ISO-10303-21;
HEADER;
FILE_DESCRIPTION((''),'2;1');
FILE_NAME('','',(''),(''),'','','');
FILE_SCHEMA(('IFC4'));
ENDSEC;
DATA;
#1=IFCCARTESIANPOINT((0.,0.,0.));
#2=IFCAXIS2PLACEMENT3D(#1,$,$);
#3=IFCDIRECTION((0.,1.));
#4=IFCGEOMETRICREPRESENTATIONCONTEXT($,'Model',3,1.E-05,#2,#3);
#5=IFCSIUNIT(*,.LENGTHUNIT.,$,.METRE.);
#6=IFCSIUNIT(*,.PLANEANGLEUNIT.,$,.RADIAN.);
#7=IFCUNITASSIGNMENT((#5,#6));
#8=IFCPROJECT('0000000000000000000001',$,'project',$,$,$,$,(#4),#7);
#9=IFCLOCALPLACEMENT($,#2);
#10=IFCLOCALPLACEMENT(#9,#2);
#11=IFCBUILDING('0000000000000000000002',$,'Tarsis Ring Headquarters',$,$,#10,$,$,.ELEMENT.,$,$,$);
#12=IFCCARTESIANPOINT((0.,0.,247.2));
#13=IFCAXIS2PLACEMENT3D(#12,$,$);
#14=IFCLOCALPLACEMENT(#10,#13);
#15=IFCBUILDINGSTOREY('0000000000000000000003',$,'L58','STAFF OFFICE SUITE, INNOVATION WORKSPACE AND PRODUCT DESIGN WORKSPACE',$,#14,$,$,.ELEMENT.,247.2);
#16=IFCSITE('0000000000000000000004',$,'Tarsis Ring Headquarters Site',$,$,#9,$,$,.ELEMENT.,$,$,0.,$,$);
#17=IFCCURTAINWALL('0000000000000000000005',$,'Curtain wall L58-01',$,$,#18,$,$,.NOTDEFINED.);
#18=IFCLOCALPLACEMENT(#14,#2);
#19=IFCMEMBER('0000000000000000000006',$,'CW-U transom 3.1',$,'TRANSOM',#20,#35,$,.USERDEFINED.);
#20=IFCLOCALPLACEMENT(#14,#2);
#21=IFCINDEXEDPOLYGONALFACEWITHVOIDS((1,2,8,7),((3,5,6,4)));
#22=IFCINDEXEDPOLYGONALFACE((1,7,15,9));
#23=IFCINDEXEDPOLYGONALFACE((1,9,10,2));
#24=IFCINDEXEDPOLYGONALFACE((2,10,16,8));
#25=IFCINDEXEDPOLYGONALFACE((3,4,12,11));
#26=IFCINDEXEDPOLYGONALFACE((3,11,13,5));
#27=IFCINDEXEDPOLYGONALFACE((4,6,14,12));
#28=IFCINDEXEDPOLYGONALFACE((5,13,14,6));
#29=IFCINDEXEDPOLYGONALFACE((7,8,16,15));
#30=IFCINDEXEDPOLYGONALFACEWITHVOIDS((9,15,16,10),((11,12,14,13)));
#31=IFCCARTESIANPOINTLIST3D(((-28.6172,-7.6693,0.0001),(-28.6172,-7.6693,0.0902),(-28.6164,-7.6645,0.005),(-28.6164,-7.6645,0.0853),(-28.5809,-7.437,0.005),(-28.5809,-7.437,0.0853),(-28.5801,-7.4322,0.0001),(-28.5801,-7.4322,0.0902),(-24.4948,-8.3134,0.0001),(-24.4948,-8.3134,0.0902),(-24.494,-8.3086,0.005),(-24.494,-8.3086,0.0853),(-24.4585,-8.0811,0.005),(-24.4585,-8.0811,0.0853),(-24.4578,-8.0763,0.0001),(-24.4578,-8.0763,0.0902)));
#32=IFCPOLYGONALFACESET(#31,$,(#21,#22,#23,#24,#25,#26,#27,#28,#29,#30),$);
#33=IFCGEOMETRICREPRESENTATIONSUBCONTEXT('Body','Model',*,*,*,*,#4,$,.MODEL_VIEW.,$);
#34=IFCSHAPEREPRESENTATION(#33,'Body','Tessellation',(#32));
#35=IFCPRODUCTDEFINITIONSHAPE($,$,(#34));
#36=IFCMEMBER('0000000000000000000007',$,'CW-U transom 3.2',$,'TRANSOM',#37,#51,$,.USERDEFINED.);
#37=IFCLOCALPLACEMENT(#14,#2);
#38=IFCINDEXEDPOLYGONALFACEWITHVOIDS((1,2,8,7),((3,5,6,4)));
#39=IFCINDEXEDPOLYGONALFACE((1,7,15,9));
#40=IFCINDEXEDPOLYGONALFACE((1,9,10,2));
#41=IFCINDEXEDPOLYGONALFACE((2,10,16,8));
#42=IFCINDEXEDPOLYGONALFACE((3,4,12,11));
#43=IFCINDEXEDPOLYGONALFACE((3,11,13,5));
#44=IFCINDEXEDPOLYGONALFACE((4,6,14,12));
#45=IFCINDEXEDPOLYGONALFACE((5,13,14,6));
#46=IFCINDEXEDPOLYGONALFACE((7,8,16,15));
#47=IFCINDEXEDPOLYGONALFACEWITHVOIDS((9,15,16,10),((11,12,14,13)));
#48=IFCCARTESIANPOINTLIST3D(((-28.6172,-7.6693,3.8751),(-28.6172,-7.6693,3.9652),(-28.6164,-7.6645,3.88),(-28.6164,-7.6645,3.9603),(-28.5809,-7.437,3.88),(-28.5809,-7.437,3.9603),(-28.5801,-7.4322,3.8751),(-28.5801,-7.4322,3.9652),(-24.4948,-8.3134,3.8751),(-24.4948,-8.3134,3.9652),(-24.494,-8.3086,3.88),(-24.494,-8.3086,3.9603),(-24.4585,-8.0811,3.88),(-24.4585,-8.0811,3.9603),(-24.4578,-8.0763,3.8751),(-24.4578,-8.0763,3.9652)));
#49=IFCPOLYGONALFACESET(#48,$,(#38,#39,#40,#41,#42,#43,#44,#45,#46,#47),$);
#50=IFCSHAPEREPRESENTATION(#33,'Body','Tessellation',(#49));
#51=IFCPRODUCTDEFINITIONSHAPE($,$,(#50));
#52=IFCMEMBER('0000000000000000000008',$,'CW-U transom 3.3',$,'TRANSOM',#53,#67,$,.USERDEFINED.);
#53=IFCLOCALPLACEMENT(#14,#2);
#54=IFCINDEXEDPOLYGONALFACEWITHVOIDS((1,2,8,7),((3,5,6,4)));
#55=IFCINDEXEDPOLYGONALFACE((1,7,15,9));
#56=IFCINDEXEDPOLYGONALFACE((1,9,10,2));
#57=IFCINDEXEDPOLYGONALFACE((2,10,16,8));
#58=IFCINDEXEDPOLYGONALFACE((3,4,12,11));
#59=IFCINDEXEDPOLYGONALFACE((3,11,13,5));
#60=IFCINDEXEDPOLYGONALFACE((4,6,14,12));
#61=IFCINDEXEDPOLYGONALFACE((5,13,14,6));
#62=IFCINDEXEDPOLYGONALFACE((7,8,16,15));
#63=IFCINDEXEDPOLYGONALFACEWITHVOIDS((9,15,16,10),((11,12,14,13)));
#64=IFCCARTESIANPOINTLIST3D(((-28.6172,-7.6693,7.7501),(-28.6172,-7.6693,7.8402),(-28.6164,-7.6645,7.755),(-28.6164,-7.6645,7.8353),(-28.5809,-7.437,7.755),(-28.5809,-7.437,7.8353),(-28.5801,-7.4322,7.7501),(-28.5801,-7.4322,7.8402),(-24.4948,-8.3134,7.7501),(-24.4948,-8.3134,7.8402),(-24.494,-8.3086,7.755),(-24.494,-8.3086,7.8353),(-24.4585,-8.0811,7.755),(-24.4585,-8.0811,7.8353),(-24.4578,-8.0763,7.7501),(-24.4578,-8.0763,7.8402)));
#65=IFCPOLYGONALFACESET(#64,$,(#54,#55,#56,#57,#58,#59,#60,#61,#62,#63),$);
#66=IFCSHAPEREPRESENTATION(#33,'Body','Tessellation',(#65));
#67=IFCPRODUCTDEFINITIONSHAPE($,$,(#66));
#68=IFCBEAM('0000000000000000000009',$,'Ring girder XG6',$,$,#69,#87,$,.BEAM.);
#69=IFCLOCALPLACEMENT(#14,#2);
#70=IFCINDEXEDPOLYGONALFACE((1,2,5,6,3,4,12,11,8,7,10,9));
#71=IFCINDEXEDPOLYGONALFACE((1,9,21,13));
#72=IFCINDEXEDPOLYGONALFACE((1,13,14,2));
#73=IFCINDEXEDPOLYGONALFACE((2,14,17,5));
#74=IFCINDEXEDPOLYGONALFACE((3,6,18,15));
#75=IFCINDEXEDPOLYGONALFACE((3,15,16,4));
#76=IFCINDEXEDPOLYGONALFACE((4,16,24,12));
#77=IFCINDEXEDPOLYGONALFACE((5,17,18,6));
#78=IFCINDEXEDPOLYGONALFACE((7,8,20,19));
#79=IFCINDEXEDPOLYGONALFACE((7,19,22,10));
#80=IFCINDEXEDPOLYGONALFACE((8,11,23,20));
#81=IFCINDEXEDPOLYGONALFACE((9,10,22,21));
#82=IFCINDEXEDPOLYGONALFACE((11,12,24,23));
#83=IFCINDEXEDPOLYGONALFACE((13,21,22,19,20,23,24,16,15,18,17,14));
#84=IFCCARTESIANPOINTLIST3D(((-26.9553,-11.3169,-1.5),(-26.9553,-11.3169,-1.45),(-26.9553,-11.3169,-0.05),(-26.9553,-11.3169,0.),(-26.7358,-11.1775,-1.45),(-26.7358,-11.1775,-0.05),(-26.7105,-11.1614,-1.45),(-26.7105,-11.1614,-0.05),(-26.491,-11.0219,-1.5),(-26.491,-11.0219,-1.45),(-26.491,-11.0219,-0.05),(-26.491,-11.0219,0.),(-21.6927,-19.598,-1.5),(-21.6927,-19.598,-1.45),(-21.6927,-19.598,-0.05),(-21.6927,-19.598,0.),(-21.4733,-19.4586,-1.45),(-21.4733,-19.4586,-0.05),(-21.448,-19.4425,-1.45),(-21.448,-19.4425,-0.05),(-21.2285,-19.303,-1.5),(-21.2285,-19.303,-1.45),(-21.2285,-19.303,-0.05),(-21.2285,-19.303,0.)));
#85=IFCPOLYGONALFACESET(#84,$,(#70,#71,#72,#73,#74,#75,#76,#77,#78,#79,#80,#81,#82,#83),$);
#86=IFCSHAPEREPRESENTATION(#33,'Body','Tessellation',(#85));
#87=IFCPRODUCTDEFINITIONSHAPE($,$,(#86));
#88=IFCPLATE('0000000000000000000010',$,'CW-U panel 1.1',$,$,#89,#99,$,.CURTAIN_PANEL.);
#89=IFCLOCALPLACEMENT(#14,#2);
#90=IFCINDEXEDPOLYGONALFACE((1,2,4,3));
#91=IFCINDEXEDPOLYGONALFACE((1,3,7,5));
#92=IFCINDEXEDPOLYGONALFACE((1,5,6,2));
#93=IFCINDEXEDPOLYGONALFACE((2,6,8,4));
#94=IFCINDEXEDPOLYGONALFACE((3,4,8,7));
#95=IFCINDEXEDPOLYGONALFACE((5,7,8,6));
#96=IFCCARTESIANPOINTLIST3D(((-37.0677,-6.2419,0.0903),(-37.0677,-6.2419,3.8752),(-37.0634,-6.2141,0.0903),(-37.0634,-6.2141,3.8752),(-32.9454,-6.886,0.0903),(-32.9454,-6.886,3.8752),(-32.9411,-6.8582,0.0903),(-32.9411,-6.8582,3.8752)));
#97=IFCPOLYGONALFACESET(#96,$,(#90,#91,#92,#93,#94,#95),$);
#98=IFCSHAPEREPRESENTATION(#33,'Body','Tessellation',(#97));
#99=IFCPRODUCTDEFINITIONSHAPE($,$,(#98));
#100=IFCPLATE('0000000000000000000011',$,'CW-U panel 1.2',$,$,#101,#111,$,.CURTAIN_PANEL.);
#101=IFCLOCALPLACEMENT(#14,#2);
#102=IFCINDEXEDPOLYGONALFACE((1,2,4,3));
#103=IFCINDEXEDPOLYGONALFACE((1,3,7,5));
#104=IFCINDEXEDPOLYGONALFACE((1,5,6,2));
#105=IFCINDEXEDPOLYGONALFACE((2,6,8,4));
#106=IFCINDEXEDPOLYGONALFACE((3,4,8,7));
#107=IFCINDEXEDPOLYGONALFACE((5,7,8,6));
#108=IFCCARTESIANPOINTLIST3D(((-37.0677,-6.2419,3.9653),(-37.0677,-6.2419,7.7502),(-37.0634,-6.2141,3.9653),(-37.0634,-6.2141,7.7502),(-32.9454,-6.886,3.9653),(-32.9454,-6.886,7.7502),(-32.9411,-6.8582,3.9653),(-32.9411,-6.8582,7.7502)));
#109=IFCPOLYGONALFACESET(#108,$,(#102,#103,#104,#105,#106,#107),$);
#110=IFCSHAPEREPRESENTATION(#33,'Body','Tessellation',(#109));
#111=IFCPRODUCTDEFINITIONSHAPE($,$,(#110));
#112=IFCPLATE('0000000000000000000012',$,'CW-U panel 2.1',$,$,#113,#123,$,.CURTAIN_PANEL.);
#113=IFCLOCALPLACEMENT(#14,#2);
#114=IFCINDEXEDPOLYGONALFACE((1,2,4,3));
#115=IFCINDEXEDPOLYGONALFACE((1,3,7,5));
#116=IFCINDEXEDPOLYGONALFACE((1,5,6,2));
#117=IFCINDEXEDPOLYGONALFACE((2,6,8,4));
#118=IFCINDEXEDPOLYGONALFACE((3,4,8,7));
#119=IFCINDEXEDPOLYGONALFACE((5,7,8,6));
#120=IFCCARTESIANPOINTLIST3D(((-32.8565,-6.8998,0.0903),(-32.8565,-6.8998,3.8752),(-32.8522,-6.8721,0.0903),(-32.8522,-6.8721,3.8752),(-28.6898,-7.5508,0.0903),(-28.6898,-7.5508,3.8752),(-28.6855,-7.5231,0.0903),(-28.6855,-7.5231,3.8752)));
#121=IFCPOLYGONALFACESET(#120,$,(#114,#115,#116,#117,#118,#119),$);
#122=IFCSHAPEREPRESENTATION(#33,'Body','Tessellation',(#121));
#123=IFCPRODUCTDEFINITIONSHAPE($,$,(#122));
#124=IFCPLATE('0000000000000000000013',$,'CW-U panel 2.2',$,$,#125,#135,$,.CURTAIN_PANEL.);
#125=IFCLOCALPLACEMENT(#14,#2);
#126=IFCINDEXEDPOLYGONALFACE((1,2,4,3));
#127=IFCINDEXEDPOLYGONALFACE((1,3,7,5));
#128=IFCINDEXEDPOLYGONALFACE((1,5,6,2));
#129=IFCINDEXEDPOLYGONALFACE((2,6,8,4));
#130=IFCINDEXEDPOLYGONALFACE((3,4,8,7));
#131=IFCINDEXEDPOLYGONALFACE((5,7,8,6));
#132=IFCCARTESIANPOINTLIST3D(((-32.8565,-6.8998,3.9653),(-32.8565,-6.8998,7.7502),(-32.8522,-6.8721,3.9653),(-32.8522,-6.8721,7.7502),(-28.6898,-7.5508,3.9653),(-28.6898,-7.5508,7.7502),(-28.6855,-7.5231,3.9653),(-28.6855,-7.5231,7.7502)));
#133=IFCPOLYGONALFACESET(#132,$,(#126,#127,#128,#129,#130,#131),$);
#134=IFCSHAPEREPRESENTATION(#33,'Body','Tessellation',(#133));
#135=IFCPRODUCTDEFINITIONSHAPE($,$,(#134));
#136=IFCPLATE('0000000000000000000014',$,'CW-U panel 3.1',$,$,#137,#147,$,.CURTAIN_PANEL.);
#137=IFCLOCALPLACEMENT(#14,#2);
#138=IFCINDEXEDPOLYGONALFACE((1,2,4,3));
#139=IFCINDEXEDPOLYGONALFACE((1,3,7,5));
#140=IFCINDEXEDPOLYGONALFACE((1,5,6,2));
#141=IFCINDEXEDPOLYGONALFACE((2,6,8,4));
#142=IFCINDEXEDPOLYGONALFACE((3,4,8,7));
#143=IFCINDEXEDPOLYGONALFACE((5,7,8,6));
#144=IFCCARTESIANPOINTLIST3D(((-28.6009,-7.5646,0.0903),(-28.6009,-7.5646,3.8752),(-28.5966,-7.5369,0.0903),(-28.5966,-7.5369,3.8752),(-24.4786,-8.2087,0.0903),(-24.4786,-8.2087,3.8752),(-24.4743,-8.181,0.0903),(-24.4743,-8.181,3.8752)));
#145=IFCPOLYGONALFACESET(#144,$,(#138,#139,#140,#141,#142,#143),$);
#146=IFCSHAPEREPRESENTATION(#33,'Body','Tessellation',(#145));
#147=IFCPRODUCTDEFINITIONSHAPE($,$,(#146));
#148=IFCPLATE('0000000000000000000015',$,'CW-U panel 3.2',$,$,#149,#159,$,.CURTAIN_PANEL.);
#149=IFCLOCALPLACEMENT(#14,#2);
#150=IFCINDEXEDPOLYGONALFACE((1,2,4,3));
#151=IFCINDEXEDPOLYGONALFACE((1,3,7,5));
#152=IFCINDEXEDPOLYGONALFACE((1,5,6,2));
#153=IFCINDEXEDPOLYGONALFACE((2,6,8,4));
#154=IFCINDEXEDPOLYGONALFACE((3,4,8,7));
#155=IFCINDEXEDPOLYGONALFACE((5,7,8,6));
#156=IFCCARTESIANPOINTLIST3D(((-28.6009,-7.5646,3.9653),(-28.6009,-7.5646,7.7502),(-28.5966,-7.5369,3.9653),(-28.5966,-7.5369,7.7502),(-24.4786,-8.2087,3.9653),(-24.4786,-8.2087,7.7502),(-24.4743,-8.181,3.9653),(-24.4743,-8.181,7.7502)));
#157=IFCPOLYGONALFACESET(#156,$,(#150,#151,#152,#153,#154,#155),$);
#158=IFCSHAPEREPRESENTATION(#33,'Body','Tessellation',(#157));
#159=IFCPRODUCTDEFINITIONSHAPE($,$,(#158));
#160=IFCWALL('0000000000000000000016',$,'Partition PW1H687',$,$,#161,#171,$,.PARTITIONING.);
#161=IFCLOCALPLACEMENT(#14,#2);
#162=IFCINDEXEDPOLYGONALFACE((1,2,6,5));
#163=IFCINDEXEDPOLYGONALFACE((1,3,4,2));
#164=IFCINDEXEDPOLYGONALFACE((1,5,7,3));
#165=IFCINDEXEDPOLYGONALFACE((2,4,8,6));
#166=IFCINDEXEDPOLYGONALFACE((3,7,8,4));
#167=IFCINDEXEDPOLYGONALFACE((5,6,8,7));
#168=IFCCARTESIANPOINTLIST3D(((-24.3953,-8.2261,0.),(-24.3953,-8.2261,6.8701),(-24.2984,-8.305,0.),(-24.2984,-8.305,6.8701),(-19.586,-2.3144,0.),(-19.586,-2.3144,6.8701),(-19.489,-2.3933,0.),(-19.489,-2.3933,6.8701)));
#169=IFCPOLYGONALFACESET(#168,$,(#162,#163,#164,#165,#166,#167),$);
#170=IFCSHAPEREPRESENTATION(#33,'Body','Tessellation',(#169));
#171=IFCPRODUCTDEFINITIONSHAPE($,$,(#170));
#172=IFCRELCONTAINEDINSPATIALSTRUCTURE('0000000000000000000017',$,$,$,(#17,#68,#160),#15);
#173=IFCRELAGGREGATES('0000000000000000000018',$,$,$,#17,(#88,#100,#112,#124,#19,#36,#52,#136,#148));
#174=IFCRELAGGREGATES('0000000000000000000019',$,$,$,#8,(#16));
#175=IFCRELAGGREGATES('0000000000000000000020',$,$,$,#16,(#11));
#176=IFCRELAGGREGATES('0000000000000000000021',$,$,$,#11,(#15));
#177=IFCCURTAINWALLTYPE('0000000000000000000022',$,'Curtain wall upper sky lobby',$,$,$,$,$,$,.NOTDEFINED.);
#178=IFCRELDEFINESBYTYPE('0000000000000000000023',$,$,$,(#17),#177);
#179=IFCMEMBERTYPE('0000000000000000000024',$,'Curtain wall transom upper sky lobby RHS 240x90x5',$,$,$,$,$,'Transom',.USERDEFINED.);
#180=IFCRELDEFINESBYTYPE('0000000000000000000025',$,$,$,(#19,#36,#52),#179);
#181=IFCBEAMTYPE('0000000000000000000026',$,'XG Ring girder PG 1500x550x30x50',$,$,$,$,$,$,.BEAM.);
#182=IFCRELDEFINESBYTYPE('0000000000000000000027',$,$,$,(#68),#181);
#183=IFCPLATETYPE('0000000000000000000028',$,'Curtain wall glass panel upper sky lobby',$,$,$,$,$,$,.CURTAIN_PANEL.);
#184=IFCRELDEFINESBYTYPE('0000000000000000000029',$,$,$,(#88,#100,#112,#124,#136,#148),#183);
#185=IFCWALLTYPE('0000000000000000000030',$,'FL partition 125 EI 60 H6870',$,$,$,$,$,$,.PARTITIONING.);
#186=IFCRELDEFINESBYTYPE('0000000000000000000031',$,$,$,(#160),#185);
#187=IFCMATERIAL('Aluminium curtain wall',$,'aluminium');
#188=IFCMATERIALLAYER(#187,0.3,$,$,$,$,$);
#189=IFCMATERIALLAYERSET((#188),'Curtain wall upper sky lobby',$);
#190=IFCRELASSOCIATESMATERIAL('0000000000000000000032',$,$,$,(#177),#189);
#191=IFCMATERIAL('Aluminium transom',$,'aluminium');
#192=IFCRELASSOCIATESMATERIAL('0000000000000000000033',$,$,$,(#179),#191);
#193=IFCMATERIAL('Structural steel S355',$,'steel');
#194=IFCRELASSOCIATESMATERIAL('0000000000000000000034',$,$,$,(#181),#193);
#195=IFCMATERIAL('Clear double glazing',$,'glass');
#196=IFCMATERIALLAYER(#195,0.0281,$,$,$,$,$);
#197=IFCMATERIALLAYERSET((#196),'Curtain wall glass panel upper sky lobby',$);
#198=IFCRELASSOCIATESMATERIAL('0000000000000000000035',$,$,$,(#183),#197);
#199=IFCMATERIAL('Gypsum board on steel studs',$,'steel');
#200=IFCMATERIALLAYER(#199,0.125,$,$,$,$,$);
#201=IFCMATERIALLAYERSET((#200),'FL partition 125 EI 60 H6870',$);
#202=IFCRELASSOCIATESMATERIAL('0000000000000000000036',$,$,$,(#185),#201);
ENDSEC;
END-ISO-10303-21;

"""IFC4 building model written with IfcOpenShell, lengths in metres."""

from ifc_helpers import new_model, si_unit, direction, frame, frame_2d, origin, origin_2d, place, context, subcontext, project, spatial, rectangle, hollow_rectangle, i_section, extrude, material, layer, layer_set, material_profile, profile_set, type_object, element, aggregate, save


model = new_model("IFC4")

# Units and contexts
model_context = context("Model", 3, precision=1e-05, world=origin(), true_north=direction((0.0, 1.0)))
body_context = subcontext(model_context, "Body", "Model", "MODEL_VIEW")
ifc_project = project(units=[si_unit("LENGTHUNIT", "METRE"), si_unit("PLANEANGLEUNIT", "RADIAN")], contexts=[model_context])

# Site, building, storey
site_placement = place(None, origin())
site = spatial("IfcSite", under=ifc_project, at=site_placement, Name="Tarsis Ring Headquarters Site", CompositionType="ELEMENT", RefElevation=0.0)
building_placement = place(site_placement, origin())
building = spatial("IfcBuilding", under=site, at=building_placement, Name="Tarsis Ring Headquarters", CompositionType="ELEMENT")
storey_placement = place(building_placement, frame((0.0, 0.0, 247.2)))
storey = spatial("IfcBuildingStorey", under=building, at=storey_placement, Name="L58", Description="STAFF OFFICE SUITE, INNOVATION WORKSPACE AND PRODUCT DESIGN WORKSPACE", CompositionType="ELEMENT", Elevation=247.2)

# Shared definitions
ifc_material_1 = material(Name="Structural steel S355", Category="steel")

# Curtain wall, members
ifc_material_2 = material(Name="Aluminium curtain wall", Category="aluminium")
ifc_layer_1 = layer(ifc_material_2, 0.3)
ifc_layer_set_1 = layer_set([ifc_layer_1], Name="Curtain wall upper sky lobby")
curtain_wall_type = type_object("IfcCurtainWallType", Name="Curtain wall upper sky lobby", PredefinedType="NOTDEFINED", material=ifc_layer_set_1)
curtain_wall_placement = place(storey_placement, origin())
curtain_wall = element("IfcCurtainWall", 1, at=curtain_wall_placement, inside=storey, type_object=curtain_wall_type, Name="Curtain wall L58-01", PredefinedType="NOTDEFINED")
ifc_material_3 = material(Name="Aluminium transom", Category="aluminium")
ifc_material_profile_1 = material_profile(ifc_material_3, hollow_rectangle(XDim=0.24, YDim=0.0901, WallThickness=0.0049, at=origin_2d()), Name="RHS 240x90x5")
ifc_profile_set_1 = profile_set([ifc_material_profile_1], Name="Aluminium transom")
member_type_1 = type_object("IfcMemberType", Name="Curtain wall transom upper sky lobby RHS 240x90x5", ElementType="Transom", PredefinedType="USERDEFINED", material=ifc_profile_set_1)
member_1_placement = place(storey_placement, frame((-28.5986, -7.5508, 0.0452), z_axis=(0.988015, -0.154361, 0.0), x_axis=(0.154361, 0.988015, 0.0)))
member_1 = element("IfcMember", 2, at=member_1_placement, type_object=member_type_1, Name="CW-U transom 3.1", ObjectType="TRANSOM", PredefinedType="USERDEFINED", context=body_context, shape_type="SweptSolid", body=[
    extrude(hollow_rectangle(XDim=0.24, YDim=0.0901, WallThickness=0.0049, at=origin_2d()), origin(), (0.0, 0.0, 1.0), 4.1724),
])
member_2_placement = place(storey_placement, frame((-28.5986, -7.5508, 3.9202), z_axis=(0.988015, -0.154361, 0.0), x_axis=(0.154361, 0.988015, 0.0)))
member_2 = element("IfcMember", 3, at=member_2_placement, type_object=member_type_1, Name="CW-U transom 3.2", ObjectType="TRANSOM", PredefinedType="USERDEFINED", context=body_context, shape_type="SweptSolid", body=[
    extrude(hollow_rectangle(XDim=0.24, YDim=0.0901, WallThickness=0.0049, at=origin_2d()), origin(), (0.0, 0.0, 1.0), 4.1724),
])
member_3_placement = place(storey_placement, frame((-28.5986, -7.5508, 7.7952), z_axis=(0.988015, -0.154361, 0.0), x_axis=(0.154361, 0.988015, 0.0)))
member_3 = element("IfcMember", 4, at=member_3_placement, type_object=member_type_1, Name="CW-U transom 3.3", ObjectType="TRANSOM", PredefinedType="USERDEFINED", context=body_context, shape_type="SweptSolid", body=[
    extrude(hollow_rectangle(XDim=0.24, YDim=0.0901, WallThickness=0.0049, at=origin_2d()), origin(), (0.0, 0.0, 1.0), 4.1724),
])

# Beam
ifc_material_profile_2 = material_profile(ifc_material_1, i_section(OverallWidth=0.55, OverallDepth=1.5, WebThickness=0.03, FlangeThickness=0.05, at=origin_2d()), Name="PG 1500x550x30x50")
ifc_profile_set_2 = profile_set([ifc_material_profile_2], Name="Structural steel S355")
beam_type = type_object("IfcBeamType", Name="XG Ring girder PG 1500x550x30x50", PredefinedType="BEAM", material=ifc_profile_set_2)
beam_placement = place(storey_placement, frame((-26.7231, -11.1694, -0.75), z_axis=(0.536347, -0.843997, 0.0), x_axis=(0.843997, 0.536347, 0.0)))
element("IfcBeam", 5, at=beam_placement, inside=storey, type_object=beam_type, Name="Ring girder XG6", PredefinedType="BEAM", context=body_context, shape_type="SweptSolid", body=[
    extrude(i_section(OverallWidth=0.55, OverallDepth=1.5, WebThickness=0.03, FlangeThickness=0.05, at=origin_2d()), origin(), (0.0, 0.0, 1.0), 9.8118),
])

# Plates
ifc_material_4 = material(Name="Clear double glazing", Category="glass")
ifc_layer_2 = layer(ifc_material_4, 0.0281)
ifc_layer_set_2 = layer_set([ifc_layer_2], Name="Curtain wall glass panel upper sky lobby")
plate_type = type_object("IfcPlateType", Name="Curtain wall glass panel upper sky lobby", PredefinedType="CURTAIN_PANEL", material=ifc_layer_set_2)
plate_1_placement = place(storey_placement, frame((-35.0044, -6.55, 0.0903), z_axis=(0.0, 0.0, 1.0), x_axis=(0.988014, -0.154365, 0.0)))
plate_1 = element("IfcPlate", 6, at=plate_1_placement, type_object=plate_type, Name="CW-U panel 1.1", PredefinedType="CURTAIN_PANEL", context=body_context, shape_type="SweptSolid", body=[
    extrude(rectangle(XDim=4.1724, YDim=0.0281, at=origin_2d()), origin(), (0.0, 0.0, 1.0), 3.7849),
])
plate_2_placement = place(storey_placement, frame((-35.0044, -6.55, 3.9653), z_axis=(0.0, 0.0, 1.0), x_axis=(0.988014, -0.154365, 0.0)))
plate_2 = element("IfcPlate", 7, at=plate_2_placement, type_object=plate_type, Name="CW-U panel 1.2", PredefinedType="CURTAIN_PANEL", context=body_context, shape_type="SweptSolid", body=[
    extrude(rectangle(XDim=4.1724, YDim=0.0281, at=origin_2d()), origin(), (0.0, 0.0, 1.0), 3.7849),
])
plate_3_placement = place(storey_placement, frame((-30.771, -7.2114, 0.0903), z_axis=(0.0, 0.0, 1.0), x_axis=(0.988014, -0.154365, 0.0)))
plate_3 = element("IfcPlate", 8, at=plate_3_placement, type_object=plate_type, Name="CW-U panel 2.1", PredefinedType="CURTAIN_PANEL", context=body_context, shape_type="SweptSolid", body=[
    extrude(rectangle(XDim=4.2173, YDim=0.0281, at=origin_2d()), origin(), (0.0, 0.0, 1.0), 3.7849),
])
plate_4_placement = place(storey_placement, frame((-30.771, -7.2114, 3.9653), z_axis=(0.0, 0.0, 1.0), x_axis=(0.988014, -0.154365, 0.0)))
plate_4 = element("IfcPlate", 9, at=plate_4_placement, type_object=plate_type, Name="CW-U panel 2.2", PredefinedType="CURTAIN_PANEL", context=body_context, shape_type="SweptSolid", body=[
    extrude(rectangle(XDim=4.2173, YDim=0.0281, at=origin_2d()), origin(), (0.0, 0.0, 1.0), 3.7849),
])
plate_5_placement = place(storey_placement, frame((-26.5376, -7.8728, 0.0903), z_axis=(0.0, 0.0, 1.0), x_axis=(0.988014, -0.154365, 0.0)))
plate_5 = element("IfcPlate", 10, at=plate_5_placement, type_object=plate_type, Name="CW-U panel 3.1", PredefinedType="CURTAIN_PANEL", context=body_context, shape_type="SweptSolid", body=[
    extrude(rectangle(XDim=4.1724, YDim=0.0281, at=origin_2d()), origin(), (0.0, 0.0, 1.0), 3.7849),
])
plate_6_placement = place(storey_placement, frame((-26.5376, -7.8728, 3.9653), z_axis=(0.0, 0.0, 1.0), x_axis=(0.988014, -0.154365, 0.0)))
plate_6 = element("IfcPlate", 11, at=plate_6_placement, type_object=plate_type, Name="CW-U panel 3.2", PredefinedType="CURTAIN_PANEL", context=body_context, shape_type="SweptSolid", body=[
    extrude(rectangle(XDim=4.1724, YDim=0.0281, at=origin_2d()), origin(), (0.0, 0.0, 1.0), 3.7849),
])
aggregate(curtain_wall, [plate_1, plate_2, plate_3, plate_4, member_1, member_2, member_3, plate_5, plate_6])

# Wall
ifc_material_5 = material(Name="Gypsum board on steel studs", Category="steel")
ifc_layer_3 = layer(ifc_material_5, 0.125)
ifc_layer_set_3 = layer_set([ifc_layer_3], Name="FL partition 125 EI 60 H6870")
wall_type = type_object("IfcWallType", Name="FL partition 125 EI 60 H6870", PredefinedType="PARTITIONING", material=ifc_layer_set_3)
wall_placement = place(storey_placement, frame((-24.3469, -8.2656, 0.0), z_axis=(0.0, 0.0, 1.0), x_axis=(0.631077, 0.77572, 0.0)))
element("IfcWall", 12, at=wall_placement, inside=storey, type_object=wall_type, Name="Partition PW1H687", PredefinedType="PARTITIONING", context=body_context, shape_type="SweptSolid", body=[
    extrude(rectangle(XDim=7.6208, YDim=0.125, at=frame_2d((3.8105, 0.0))), origin(), (0.0, 0.0, 1.0), 6.8701),
])

save(model, "model.ifc")
